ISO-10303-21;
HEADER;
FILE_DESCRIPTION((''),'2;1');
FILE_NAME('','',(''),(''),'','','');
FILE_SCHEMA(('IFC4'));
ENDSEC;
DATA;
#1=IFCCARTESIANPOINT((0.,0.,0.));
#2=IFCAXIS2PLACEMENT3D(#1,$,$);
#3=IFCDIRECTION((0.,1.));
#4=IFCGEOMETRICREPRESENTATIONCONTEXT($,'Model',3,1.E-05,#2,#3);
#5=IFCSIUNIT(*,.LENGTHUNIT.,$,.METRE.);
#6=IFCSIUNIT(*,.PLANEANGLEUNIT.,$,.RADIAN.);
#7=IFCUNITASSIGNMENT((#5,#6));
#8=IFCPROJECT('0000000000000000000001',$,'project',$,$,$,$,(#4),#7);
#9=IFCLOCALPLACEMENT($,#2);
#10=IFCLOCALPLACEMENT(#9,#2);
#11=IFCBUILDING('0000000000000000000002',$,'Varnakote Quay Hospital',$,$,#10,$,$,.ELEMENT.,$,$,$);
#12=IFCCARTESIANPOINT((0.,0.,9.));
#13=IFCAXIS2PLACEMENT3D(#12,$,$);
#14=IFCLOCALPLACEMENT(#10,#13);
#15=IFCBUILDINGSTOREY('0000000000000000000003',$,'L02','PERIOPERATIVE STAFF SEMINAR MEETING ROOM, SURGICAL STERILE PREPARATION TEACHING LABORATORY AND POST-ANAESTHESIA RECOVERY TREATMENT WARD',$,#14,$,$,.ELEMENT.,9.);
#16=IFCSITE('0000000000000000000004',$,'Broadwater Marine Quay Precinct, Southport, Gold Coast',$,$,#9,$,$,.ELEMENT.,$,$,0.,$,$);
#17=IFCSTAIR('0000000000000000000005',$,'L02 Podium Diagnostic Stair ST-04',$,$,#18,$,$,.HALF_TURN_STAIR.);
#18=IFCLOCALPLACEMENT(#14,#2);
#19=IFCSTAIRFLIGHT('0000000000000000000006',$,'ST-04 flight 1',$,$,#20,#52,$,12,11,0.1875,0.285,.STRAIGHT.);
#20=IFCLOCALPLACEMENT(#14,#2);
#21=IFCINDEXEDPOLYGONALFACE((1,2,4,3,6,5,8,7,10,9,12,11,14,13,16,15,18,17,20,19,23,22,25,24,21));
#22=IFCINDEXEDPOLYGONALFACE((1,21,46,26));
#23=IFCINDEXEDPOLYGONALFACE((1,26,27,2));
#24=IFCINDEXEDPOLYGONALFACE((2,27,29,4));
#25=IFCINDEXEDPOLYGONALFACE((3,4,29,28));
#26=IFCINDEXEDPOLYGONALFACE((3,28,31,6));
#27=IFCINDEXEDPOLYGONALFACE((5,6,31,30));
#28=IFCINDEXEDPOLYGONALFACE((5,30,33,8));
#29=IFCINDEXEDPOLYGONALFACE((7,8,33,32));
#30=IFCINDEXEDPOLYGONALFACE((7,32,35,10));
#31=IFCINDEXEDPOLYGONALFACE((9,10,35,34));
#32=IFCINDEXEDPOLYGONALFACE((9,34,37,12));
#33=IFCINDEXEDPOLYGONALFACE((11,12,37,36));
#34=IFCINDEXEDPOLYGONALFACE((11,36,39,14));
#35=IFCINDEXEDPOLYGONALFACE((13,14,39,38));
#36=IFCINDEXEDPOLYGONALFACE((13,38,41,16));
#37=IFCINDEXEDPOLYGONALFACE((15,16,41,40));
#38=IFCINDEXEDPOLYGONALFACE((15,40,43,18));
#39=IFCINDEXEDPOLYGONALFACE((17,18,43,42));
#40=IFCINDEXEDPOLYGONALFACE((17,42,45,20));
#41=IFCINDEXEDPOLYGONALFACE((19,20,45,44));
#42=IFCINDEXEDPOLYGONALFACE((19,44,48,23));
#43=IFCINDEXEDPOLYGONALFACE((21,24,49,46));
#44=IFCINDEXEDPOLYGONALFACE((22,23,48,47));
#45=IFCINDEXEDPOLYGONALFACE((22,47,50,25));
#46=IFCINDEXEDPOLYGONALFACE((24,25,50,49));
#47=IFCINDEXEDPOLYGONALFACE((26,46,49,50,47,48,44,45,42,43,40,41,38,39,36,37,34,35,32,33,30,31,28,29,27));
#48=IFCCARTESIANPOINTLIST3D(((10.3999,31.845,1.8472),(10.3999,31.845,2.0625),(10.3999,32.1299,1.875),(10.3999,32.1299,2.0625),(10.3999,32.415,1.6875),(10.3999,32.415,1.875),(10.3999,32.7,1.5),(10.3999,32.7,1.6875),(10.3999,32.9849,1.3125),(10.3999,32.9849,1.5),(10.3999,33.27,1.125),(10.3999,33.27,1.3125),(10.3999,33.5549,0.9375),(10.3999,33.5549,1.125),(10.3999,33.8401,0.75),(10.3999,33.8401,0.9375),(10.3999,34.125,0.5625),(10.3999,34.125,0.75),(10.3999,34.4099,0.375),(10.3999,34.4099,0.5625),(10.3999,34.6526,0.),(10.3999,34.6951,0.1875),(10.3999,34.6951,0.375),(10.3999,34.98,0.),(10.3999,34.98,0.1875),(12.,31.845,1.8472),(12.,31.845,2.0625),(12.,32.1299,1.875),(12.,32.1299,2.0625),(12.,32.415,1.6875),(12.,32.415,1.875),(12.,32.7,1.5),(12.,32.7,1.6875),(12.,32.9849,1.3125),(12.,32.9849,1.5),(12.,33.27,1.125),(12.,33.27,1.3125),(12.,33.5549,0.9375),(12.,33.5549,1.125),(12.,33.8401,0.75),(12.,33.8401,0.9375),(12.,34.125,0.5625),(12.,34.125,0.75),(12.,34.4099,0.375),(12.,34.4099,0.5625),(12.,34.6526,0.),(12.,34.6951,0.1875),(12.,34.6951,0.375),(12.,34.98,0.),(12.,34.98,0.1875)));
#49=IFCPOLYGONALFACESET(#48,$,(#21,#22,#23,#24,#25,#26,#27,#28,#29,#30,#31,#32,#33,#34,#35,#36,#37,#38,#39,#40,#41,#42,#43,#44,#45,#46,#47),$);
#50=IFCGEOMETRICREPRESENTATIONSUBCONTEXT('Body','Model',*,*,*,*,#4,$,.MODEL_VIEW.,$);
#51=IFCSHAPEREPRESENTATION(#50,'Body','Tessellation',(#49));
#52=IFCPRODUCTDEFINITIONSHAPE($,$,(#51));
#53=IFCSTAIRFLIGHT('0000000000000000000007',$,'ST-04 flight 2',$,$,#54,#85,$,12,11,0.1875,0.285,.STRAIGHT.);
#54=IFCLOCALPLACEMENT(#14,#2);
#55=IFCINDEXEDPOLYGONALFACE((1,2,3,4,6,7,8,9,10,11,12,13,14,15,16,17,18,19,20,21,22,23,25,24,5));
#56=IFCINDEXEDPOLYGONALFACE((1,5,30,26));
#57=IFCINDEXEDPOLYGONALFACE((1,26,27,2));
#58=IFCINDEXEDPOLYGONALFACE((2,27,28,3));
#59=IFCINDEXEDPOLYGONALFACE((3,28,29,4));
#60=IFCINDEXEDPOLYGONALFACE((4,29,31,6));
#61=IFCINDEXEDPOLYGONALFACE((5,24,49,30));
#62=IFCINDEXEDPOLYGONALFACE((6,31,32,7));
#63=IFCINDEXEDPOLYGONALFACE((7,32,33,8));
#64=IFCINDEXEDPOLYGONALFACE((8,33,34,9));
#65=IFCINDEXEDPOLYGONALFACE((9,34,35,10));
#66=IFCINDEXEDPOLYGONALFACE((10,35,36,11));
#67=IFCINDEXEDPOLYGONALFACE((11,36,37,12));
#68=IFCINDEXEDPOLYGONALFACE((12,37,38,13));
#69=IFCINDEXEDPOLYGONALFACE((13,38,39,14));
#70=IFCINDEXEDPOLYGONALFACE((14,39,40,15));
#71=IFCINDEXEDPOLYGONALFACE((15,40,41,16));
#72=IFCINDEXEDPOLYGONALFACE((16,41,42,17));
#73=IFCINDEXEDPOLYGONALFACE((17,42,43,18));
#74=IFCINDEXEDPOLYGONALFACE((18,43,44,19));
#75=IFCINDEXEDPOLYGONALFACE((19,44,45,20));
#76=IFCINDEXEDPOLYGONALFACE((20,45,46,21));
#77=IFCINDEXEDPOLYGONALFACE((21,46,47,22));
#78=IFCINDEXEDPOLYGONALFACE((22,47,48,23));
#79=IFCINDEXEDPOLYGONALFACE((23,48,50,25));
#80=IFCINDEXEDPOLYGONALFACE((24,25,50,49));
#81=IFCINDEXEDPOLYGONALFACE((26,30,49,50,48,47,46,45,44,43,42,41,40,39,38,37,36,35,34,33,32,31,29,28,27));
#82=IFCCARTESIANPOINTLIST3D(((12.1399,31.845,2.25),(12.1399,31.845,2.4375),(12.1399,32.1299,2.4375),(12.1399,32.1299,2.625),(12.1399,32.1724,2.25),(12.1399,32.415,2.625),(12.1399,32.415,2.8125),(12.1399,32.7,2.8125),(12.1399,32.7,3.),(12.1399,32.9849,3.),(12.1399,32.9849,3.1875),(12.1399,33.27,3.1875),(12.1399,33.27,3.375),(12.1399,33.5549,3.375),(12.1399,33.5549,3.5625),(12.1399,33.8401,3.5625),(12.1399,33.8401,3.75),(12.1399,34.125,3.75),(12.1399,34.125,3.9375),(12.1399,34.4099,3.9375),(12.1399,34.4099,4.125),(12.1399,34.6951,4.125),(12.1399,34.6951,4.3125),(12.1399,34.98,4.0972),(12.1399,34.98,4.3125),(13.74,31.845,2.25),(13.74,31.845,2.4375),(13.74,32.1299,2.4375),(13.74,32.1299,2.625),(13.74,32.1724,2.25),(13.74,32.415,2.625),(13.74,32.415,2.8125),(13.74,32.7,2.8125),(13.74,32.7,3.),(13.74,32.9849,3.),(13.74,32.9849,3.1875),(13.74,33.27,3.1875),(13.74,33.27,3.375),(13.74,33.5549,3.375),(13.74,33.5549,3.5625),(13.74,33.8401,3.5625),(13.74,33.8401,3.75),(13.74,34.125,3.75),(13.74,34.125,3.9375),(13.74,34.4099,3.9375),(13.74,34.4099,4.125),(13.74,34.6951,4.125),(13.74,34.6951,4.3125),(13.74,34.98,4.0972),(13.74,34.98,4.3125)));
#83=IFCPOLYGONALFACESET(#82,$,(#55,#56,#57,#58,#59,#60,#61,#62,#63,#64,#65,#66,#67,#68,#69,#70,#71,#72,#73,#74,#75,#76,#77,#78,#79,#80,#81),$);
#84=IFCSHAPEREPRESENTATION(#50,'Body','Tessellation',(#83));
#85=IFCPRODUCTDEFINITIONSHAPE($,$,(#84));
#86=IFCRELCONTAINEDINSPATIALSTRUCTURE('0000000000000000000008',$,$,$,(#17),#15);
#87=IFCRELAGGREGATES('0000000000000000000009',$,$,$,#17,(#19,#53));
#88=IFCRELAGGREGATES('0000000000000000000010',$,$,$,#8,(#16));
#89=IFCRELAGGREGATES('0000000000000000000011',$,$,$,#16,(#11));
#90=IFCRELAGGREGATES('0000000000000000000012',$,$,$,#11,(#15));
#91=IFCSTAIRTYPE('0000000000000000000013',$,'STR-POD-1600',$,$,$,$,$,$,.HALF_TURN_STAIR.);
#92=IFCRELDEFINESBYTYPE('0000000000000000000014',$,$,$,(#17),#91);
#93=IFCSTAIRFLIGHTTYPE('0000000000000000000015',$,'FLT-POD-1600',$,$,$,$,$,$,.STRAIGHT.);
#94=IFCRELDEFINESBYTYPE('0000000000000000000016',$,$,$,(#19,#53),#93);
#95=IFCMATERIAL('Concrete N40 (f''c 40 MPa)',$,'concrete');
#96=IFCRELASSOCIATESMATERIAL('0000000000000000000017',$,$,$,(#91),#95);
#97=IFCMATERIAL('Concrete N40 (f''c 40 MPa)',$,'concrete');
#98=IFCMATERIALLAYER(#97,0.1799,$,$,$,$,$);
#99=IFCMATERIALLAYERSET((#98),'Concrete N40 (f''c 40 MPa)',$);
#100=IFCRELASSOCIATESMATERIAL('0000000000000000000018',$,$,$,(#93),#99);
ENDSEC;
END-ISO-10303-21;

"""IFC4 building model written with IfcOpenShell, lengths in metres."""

from ifc_helpers import new_model, si_unit, direction, frame, origin, place, context, subcontext, project, spatial, polyline, outline, extrude, material, layer, layer_set, type_object, element, aggregate, save


model = new_model("IFC4")

# Units and contexts
model_context = context("Model", 3, precision=1e-05, world=origin(), true_north=direction((0.0, 1.0)))
body_context = subcontext(model_context, "Body", "Model", "MODEL_VIEW")
ifc_project = project(units=[si_unit("LENGTHUNIT", "METRE"), si_unit("PLANEANGLEUNIT", "RADIAN")], contexts=[model_context])

# Site, building, storey
site_placement = place(None, origin())
site = spatial("IfcSite", under=ifc_project, at=site_placement, Name="Broadwater Marine Quay Precinct, Southport, Gold Coast", CompositionType="ELEMENT", RefElevation=0.0)
building_placement = place(site_placement, origin())
building = spatial("IfcBuilding", under=site, at=building_placement, Name="Varnakote Quay Hospital", CompositionType="ELEMENT")
storey_placement = place(building_placement, frame((0.0, 0.0, 9.0)))
storey = spatial("IfcBuildingStorey", under=building, at=storey_placement, Name="L02", Description="PERIOPERATIVE STAFF SEMINAR MEETING ROOM, SURGICAL STERILE PREPARATION TEACHING LABORATORY AND POST-ANAESTHESIA RECOVERY TREATMENT WARD", CompositionType="ELEMENT", Elevation=9.0)

# Stair, stair flights
ifc_material_1 = material(Name="Concrete N40 (f'c 40 MPa)", Category="concrete")
stair_type = type_object("IfcStairType", Name="STR-POD-1600", PredefinedType="HALF_TURN_STAIR", material=ifc_material_1)
stair_placement = place(storey_placement, origin())
stair = element("IfcStair", 1, at=stair_placement, inside=storey, type_object=stair_type, Name="L02 Podium Diagnostic Stair ST-04", PredefinedType="HALF_TURN_STAIR")
ifc_material_2 = material(Name="Concrete N40 (f'c 40 MPa)", Category="concrete")
ifc_layer_1 = layer(ifc_material_2, 0.1799)
ifc_layer_set_1 = layer_set([ifc_layer_1], Name="Concrete N40 (f'c 40 MPa)")
stair_flight_type = type_object("IfcStairFlightType", Name="FLT-POD-1600", PredefinedType="STRAIGHT", material=ifc_layer_set_1)
stair_flight_1_placement = place(storey_placement, frame((11.2, 34.98, 0.0), z_axis=(0.0, 0.0, 1.0), x_axis=(0.0, -1.0, 0.0)))
stair_flight_1 = element("IfcStairFlight", 2, at=stair_flight_1_placement, type_object=stair_flight_type, Name="ST-04 flight 1", NumberOfRisers=12, NumberOfTreads=11, PredefinedType="STRAIGHT", RiserHeight=0.1875, TreadLength=0.285, context=body_context, shape_type="SweptSolid", body=[
    extrude(outline(polyline([(0.0, 0.0), (0.0, 0.1875), (0.2849, 0.1875), (0.2849, 0.375), (0.5701, 0.375), (0.5701, 0.5625), (0.855, 0.5625), (0.855, 0.75), (1.1399, 0.75), (1.1399, 0.9375), (1.425, 0.9375), (1.425, 1.125), (1.71, 1.125), (1.71, 1.3125), (1.9951, 1.3125), (1.9951, 1.5), (2.28, 1.5), (2.28, 1.6875), (2.5649, 1.6875), (2.5649, 1.875), (2.8501, 1.875), (2.8501, 2.0625), (3.135, 2.0625), (3.135, 2.25), (3.135, 1.8472), (0.3274, 0.0), (0.0, 0.0)])), frame((0.0, 0.8, 0.0), z_axis=(0.0, -1.0, 0.0), x_axis=(1.0, 0.0, 0.0)), (0.0, 0.0, 1.0), 1.6001),
])
stair_flight_2_placement = place(storey_placement, frame((12.9399, 31.845, 2.25), z_axis=(0.0, 0.0, 1.0), x_axis=(0.0, 1.0, 0.0)))
stair_flight_2 = element("IfcStairFlight", 3, at=stair_flight_2_placement, type_object=stair_flight_type, Name="ST-04 flight 2", NumberOfRisers=12, NumberOfTreads=11, PredefinedType="STRAIGHT", RiserHeight=0.1875, TreadLength=0.285, context=body_context, shape_type="SweptSolid", body=[
    extrude(outline(polyline([(0.0, 0.0), (0.0, 0.1875), (0.2849, 0.1875), (0.2849, 0.375), (0.5701, 0.375), (0.5701, 0.5625), (0.855, 0.5625), (0.855, 0.75), (1.1399, 0.75), (1.1399, 0.9375), (1.425, 0.9375), (1.425, 1.125), (1.71, 1.125), (1.71, 1.3125), (1.9951, 1.3125), (1.9951, 1.5), (2.28, 1.5), (2.28, 1.6875), (2.5649, 1.6875), (2.5649, 1.875), (2.8501, 1.875), (2.8501, 2.0625), (3.135, 2.0625), (3.135, 2.25), (3.135, 1.8472), (0.3274, 0.0), (0.0, 0.0)])), frame((0.0, 0.8, 0.0), z_axis=(0.0, -1.0, 0.0), x_axis=(1.0, 0.0, 0.0)), (0.0, 0.0, 1.0), 1.6001),
])
aggregate(stair, [stair_flight_1, stair_flight_2])

save(model, "model.ifc")
